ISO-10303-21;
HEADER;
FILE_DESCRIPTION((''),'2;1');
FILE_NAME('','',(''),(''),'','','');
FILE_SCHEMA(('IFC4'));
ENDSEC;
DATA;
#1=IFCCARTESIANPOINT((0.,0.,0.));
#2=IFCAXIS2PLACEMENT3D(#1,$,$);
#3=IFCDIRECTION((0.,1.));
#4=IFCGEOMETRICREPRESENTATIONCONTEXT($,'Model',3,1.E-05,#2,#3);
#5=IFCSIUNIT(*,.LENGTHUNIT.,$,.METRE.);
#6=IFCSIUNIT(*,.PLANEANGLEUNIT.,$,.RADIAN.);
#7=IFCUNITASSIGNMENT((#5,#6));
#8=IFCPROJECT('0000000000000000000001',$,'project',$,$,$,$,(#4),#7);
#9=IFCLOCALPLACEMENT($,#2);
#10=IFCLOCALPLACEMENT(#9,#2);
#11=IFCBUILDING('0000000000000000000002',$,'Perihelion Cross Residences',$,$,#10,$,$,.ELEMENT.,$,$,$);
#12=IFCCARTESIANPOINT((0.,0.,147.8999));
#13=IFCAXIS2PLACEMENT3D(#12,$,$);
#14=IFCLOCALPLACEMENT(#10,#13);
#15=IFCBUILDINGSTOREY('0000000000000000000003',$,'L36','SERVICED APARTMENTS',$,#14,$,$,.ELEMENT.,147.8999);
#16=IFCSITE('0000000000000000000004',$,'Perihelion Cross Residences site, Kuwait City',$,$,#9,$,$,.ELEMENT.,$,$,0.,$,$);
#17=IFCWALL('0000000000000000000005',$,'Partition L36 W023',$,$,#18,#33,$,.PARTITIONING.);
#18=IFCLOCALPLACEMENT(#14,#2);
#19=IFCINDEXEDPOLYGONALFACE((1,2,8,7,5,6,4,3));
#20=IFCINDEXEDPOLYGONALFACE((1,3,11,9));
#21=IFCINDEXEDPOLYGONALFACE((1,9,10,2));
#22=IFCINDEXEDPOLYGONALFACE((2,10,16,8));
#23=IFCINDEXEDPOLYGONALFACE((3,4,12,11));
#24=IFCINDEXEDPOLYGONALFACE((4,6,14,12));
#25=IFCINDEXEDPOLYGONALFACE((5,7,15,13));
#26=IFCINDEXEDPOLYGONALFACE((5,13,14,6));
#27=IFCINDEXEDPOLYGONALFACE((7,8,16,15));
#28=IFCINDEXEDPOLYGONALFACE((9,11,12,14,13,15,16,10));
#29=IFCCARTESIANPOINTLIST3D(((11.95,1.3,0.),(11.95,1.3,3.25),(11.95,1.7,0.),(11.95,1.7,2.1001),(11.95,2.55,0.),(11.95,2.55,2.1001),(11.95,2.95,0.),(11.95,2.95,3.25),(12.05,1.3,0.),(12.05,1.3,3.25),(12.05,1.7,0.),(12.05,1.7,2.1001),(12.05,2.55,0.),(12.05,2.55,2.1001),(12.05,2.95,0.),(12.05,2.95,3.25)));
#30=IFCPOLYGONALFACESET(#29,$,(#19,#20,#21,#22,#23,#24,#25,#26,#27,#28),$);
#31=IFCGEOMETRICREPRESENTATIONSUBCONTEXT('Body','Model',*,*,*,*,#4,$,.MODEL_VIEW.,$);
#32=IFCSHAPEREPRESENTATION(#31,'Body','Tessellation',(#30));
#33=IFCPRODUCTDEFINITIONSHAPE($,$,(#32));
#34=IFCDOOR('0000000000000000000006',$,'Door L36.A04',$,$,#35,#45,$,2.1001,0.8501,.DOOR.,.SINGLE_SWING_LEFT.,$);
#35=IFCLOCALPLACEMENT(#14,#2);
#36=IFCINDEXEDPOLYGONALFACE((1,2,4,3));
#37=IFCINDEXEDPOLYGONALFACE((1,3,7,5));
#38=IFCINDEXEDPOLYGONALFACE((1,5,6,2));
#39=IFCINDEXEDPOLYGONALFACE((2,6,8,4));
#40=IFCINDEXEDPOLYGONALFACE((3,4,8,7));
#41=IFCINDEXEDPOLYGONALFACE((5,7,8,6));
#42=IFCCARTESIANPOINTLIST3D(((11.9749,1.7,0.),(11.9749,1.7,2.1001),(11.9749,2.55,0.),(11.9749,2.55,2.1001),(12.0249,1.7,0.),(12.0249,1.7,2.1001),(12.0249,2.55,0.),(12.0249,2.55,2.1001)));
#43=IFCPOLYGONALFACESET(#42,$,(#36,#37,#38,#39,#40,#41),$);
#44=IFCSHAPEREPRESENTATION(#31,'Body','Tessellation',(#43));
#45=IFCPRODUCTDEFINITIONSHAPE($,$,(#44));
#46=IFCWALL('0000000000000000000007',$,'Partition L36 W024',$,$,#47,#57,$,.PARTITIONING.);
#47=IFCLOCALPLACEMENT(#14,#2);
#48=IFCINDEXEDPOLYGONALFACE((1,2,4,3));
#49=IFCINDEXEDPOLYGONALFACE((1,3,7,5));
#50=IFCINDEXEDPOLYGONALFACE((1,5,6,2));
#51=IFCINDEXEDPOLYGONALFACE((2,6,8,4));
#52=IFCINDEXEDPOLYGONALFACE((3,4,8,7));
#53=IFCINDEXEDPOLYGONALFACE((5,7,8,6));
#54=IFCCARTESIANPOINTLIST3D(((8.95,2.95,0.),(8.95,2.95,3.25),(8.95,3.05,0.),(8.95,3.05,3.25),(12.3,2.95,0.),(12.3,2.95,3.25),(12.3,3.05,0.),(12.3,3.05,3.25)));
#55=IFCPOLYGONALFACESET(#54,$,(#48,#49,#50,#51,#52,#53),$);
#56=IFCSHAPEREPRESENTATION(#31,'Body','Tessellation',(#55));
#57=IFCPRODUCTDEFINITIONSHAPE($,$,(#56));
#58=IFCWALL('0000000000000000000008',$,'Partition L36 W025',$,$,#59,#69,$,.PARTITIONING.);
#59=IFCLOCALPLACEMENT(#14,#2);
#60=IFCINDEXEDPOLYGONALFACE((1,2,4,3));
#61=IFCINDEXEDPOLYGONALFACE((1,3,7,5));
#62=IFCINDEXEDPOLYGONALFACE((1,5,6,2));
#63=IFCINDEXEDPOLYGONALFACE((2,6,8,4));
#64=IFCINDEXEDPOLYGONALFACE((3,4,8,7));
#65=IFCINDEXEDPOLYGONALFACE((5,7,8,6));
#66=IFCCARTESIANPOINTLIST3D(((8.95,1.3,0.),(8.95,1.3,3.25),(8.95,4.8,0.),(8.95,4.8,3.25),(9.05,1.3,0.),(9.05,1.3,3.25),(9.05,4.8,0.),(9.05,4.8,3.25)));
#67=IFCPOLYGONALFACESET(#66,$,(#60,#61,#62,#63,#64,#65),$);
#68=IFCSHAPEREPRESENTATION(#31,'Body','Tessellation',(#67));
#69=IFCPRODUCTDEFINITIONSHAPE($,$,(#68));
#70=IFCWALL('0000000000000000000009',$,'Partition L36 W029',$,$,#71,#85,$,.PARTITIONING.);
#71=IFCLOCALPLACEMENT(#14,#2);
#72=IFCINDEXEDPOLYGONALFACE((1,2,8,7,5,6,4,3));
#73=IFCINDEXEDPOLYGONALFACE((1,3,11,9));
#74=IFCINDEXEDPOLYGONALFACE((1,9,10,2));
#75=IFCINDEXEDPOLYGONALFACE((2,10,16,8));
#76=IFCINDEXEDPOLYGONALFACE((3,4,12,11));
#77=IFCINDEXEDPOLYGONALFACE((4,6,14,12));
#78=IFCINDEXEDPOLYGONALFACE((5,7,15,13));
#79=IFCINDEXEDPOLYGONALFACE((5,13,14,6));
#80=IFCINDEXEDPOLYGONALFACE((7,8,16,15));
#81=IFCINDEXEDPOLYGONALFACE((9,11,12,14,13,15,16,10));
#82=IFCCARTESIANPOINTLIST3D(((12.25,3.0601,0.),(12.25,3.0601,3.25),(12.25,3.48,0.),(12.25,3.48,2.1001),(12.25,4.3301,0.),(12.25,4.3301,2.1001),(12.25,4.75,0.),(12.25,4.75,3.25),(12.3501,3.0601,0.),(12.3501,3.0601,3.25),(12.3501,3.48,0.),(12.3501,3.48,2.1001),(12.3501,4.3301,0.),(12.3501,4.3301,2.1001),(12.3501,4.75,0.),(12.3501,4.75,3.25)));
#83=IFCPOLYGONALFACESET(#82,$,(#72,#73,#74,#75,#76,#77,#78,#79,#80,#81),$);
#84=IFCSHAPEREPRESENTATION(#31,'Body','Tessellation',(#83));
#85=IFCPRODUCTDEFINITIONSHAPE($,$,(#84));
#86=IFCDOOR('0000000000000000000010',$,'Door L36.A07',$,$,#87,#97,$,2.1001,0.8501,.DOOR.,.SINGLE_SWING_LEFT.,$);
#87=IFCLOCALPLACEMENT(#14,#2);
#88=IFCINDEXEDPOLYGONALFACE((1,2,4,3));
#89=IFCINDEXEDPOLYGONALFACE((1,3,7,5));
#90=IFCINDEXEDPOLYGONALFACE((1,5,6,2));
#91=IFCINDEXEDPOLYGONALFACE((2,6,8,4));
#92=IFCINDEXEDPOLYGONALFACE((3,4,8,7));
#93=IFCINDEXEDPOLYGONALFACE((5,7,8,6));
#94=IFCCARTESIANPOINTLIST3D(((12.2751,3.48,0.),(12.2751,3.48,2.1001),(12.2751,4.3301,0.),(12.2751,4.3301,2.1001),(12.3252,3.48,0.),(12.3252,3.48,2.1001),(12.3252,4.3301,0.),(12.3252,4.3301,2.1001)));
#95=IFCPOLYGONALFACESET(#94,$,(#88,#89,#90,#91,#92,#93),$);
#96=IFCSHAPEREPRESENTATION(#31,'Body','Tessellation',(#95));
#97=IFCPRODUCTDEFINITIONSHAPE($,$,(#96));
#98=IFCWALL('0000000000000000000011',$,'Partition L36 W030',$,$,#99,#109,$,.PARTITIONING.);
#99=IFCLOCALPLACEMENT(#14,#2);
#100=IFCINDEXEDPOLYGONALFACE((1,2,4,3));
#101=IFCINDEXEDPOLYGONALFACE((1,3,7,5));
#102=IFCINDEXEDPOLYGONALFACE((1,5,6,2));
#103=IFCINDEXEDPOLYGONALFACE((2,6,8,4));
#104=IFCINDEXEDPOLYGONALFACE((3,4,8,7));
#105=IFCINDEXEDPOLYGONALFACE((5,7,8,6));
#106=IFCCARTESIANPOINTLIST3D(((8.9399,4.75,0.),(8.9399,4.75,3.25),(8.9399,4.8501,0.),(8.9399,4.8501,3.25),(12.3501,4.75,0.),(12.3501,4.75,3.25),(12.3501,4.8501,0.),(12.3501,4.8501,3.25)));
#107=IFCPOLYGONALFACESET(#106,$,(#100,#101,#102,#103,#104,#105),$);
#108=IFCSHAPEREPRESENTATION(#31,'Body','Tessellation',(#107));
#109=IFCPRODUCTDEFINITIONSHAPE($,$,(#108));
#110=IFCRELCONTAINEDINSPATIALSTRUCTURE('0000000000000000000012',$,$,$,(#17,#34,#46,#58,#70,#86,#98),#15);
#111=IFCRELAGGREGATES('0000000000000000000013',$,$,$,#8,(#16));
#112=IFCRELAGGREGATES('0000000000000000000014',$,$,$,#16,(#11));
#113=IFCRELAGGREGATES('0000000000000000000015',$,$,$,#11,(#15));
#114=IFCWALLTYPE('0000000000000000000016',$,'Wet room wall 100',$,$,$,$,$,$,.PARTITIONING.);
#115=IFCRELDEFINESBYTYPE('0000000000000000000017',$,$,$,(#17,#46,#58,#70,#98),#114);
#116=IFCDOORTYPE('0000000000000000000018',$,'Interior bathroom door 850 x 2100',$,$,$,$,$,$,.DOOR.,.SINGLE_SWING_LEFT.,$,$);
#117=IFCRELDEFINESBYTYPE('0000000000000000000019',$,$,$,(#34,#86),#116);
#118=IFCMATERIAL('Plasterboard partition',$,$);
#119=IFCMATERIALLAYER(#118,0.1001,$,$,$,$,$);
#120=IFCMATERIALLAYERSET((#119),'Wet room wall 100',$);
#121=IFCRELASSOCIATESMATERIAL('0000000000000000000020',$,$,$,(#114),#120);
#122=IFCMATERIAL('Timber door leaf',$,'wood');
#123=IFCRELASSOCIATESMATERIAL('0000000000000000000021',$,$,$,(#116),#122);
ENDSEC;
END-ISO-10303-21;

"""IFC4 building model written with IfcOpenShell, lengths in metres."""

from ifc_helpers import new_model, si_unit, direction, frame, frame_2d, origin, place, context, subcontext, project, spatial, rectangle, extrude, material, layer, layer_set, type_object, element, fill, save


model = new_model("IFC4")

# Units and contexts
model_context = context("Model", 3, precision=1e-05, world=origin(), true_north=direction((0.0, 1.0)))
body_context = subcontext(model_context, "Body", "Model", "MODEL_VIEW")
ifc_project = project(units=[si_unit("LENGTHUNIT", "METRE"), si_unit("PLANEANGLEUNIT", "RADIAN")], contexts=[model_context])

# Site, building, storey
site_placement = place(None, origin())
site = spatial("IfcSite", under=ifc_project, at=site_placement, Name="Perihelion Cross Residences site, Kuwait City", CompositionType="ELEMENT", RefElevation=0.0)
building_placement = place(site_placement, origin())
building = spatial("IfcBuilding", under=site, at=building_placement, Name="Perihelion Cross Residences", CompositionType="ELEMENT")
storey_placement = place(building_placement, frame((0.0, 0.0, 147.8999)))
storey = spatial("IfcBuildingStorey", under=building, at=storey_placement, Name="L36", Description="SERVICED APARTMENTS", CompositionType="ELEMENT", Elevation=147.8999)

# Wall, opening, door
ifc_material_1 = material(Name="Plasterboard partition")
ifc_layer_1 = layer(ifc_material_1, 0.1001)
ifc_layer_set_1 = layer_set([ifc_layer_1], Name="Wet room wall 100")
wall_type_1 = type_object("IfcWallType", Name="Wet room wall 100", PredefinedType="PARTITIONING", material=ifc_layer_set_1)
wall_1_placement = place(storey_placement, frame((12.0, 2.95, 0.0), z_axis=(0.0, 0.0, 1.0), x_axis=(0.0, -1.0, 0.0)))
wall_1 = element("IfcWall", 1, at=wall_1_placement, inside=storey, type_object=wall_type_1, Name="Partition L36 W023", PredefinedType="PARTITIONING", context=body_context, shape_type="SweptSolid", body=[
    extrude(rectangle(XDim=1.6499, YDim=0.1001, at=frame_2d((0.825, 0.0))), origin(), (0.0, 0.0, 1.0), 3.25),
])
opening_1_placement = place(wall_1_placement, frame((0.3999, 0.0, 0.0)))
opening_1 = element("IfcOpeningElement", 2, at=opening_1_placement, cuts=wall_1, PredefinedType="OPENING", context=body_context, shape_type="SweptSolid", body=[
    extrude(rectangle(XDim=0.8501, YDim=2.1001, at=frame_2d((0.425, 1.05))), frame((0.0, 0.0601, 0.0), z_axis=(0.0, -1.0, 0.0), x_axis=(1.0, 0.0, 0.0)), (0.0, 0.0, 1.0), 0.1201),
])
ifc_material_2 = material(Name="Timber door leaf", Category="wood")
door_type_1 = type_object("IfcDoorType", Name="Interior bathroom door 850 x 2100", OperationType="SINGLE_SWING_LEFT", PredefinedType="DOOR", material=ifc_material_2)
door_1_placement = place(opening_1_placement, origin())
door_1 = element("IfcDoor", 3, at=door_1_placement, inside=storey, type_object=door_type_1, Name="Door L36.A04", OperationType="SINGLE_SWING_LEFT", OverallHeight=2.1001, OverallWidth=0.8501, PredefinedType="DOOR", context=body_context, shape_type="SweptSolid", body=[
    extrude(rectangle(XDim=0.8501, YDim=2.1001, at=frame_2d((0.425, 1.05))), frame((0.0, 0.0249, 0.0), z_axis=(0.0, -1.0, 0.0), x_axis=(1.0, 0.0, 0.0)), (0.0, 0.0, 1.0), 0.05),
])
fill(opening_1, door_1)

# Walls
wall_2_placement = place(storey_placement, frame((8.95, 3.0, 0.0), z_axis=(0.0, 0.0, 1.0), x_axis=(1.0, 0.0, 0.0)))
element("IfcWall", 4, at=wall_2_placement, inside=storey, type_object=wall_type_1, Name="Partition L36 W024", PredefinedType="PARTITIONING", context=body_context, shape_type="SweptSolid", body=[
    extrude(rectangle(XDim=3.3501, YDim=0.1001, at=frame_2d((1.675, 0.0))), origin(), (0.0, 0.0, 1.0), 3.25),
])
wall_3_placement = place(storey_placement, frame((9.0, 1.3, 0.0), z_axis=(0.0, 0.0, 1.0), x_axis=(0.0, 1.0, 0.0)))
element("IfcWall", 5, at=wall_3_placement, inside=storey, type_object=wall_type_1, Name="Partition L36 W025", PredefinedType="PARTITIONING", context=body_context, shape_type="SweptSolid", body=[
    extrude(rectangle(XDim=3.5, YDim=0.1001, at=frame_2d((1.75, 0.0))), origin(), (0.0, 0.0, 1.0), 3.25),
])

# Wall, opening, door
wall_4_placement = place(storey_placement, frame((12.3, 3.0601, 0.0), z_axis=(0.0, 0.0, 1.0), x_axis=(0.0, 1.0, 0.0)))
wall_4 = element("IfcWall", 6, at=wall_4_placement, inside=storey, type_object=wall_type_1, Name="Partition L36 W029", PredefinedType="PARTITIONING", context=body_context, shape_type="SweptSolid", body=[
    extrude(rectangle(XDim=1.6899, YDim=0.1001, at=frame_2d((0.845, 0.0))), origin(), (0.0, 0.0, 1.0), 3.25),
])
opening_2_placement = place(wall_4_placement, frame((0.4199, 0.0, 0.0)))
opening_2 = element("IfcOpeningElement", 7, at=opening_2_placement, cuts=wall_4, PredefinedType="OPENING", context=body_context, shape_type="SweptSolid", body=[
    extrude(rectangle(XDim=0.8501, YDim=2.1001, at=frame_2d((0.425, 1.05))), frame((0.0, 0.0601, 0.0), z_axis=(0.0, -1.0, 0.0), x_axis=(1.0, 0.0, 0.0)), (0.0, 0.0, 1.0), 0.1201),
])
door_2_placement = place(opening_2_placement, origin())
door_2 = element("IfcDoor", 8, at=door_2_placement, inside=storey, type_object=door_type_1, Name="Door L36.A07", OperationType="SINGLE_SWING_LEFT", OverallHeight=2.1001, OverallWidth=0.8501, PredefinedType="DOOR", context=body_context, shape_type="SweptSolid", body=[
    extrude(rectangle(XDim=0.8501, YDim=2.1001, at=frame_2d((0.425, 1.05))), frame((0.0, 0.0249, 0.0), z_axis=(0.0, -1.0, 0.0), x_axis=(1.0, 0.0, 0.0)), (0.0, 0.0, 1.0), 0.05),
])
fill(opening_2, door_2)

# Wall
wall_5_placement = place(storey_placement, frame((12.3501, 4.8, 0.0), z_axis=(0.0, 0.0, 1.0), x_axis=(-1.0, 0.0, 0.0)))
element("IfcWall", 9, at=wall_5_placement, inside=storey, type_object=wall_type_1, Name="Partition L36 W030", PredefinedType="PARTITIONING", context=body_context, shape_type="SweptSolid", body=[
    extrude(rectangle(XDim=3.4102, YDim=0.1001, at=frame_2d((1.7051, 0.0))), origin(), (0.0, 0.0, 1.0), 3.25),
])

save(model, "model.ifc")
